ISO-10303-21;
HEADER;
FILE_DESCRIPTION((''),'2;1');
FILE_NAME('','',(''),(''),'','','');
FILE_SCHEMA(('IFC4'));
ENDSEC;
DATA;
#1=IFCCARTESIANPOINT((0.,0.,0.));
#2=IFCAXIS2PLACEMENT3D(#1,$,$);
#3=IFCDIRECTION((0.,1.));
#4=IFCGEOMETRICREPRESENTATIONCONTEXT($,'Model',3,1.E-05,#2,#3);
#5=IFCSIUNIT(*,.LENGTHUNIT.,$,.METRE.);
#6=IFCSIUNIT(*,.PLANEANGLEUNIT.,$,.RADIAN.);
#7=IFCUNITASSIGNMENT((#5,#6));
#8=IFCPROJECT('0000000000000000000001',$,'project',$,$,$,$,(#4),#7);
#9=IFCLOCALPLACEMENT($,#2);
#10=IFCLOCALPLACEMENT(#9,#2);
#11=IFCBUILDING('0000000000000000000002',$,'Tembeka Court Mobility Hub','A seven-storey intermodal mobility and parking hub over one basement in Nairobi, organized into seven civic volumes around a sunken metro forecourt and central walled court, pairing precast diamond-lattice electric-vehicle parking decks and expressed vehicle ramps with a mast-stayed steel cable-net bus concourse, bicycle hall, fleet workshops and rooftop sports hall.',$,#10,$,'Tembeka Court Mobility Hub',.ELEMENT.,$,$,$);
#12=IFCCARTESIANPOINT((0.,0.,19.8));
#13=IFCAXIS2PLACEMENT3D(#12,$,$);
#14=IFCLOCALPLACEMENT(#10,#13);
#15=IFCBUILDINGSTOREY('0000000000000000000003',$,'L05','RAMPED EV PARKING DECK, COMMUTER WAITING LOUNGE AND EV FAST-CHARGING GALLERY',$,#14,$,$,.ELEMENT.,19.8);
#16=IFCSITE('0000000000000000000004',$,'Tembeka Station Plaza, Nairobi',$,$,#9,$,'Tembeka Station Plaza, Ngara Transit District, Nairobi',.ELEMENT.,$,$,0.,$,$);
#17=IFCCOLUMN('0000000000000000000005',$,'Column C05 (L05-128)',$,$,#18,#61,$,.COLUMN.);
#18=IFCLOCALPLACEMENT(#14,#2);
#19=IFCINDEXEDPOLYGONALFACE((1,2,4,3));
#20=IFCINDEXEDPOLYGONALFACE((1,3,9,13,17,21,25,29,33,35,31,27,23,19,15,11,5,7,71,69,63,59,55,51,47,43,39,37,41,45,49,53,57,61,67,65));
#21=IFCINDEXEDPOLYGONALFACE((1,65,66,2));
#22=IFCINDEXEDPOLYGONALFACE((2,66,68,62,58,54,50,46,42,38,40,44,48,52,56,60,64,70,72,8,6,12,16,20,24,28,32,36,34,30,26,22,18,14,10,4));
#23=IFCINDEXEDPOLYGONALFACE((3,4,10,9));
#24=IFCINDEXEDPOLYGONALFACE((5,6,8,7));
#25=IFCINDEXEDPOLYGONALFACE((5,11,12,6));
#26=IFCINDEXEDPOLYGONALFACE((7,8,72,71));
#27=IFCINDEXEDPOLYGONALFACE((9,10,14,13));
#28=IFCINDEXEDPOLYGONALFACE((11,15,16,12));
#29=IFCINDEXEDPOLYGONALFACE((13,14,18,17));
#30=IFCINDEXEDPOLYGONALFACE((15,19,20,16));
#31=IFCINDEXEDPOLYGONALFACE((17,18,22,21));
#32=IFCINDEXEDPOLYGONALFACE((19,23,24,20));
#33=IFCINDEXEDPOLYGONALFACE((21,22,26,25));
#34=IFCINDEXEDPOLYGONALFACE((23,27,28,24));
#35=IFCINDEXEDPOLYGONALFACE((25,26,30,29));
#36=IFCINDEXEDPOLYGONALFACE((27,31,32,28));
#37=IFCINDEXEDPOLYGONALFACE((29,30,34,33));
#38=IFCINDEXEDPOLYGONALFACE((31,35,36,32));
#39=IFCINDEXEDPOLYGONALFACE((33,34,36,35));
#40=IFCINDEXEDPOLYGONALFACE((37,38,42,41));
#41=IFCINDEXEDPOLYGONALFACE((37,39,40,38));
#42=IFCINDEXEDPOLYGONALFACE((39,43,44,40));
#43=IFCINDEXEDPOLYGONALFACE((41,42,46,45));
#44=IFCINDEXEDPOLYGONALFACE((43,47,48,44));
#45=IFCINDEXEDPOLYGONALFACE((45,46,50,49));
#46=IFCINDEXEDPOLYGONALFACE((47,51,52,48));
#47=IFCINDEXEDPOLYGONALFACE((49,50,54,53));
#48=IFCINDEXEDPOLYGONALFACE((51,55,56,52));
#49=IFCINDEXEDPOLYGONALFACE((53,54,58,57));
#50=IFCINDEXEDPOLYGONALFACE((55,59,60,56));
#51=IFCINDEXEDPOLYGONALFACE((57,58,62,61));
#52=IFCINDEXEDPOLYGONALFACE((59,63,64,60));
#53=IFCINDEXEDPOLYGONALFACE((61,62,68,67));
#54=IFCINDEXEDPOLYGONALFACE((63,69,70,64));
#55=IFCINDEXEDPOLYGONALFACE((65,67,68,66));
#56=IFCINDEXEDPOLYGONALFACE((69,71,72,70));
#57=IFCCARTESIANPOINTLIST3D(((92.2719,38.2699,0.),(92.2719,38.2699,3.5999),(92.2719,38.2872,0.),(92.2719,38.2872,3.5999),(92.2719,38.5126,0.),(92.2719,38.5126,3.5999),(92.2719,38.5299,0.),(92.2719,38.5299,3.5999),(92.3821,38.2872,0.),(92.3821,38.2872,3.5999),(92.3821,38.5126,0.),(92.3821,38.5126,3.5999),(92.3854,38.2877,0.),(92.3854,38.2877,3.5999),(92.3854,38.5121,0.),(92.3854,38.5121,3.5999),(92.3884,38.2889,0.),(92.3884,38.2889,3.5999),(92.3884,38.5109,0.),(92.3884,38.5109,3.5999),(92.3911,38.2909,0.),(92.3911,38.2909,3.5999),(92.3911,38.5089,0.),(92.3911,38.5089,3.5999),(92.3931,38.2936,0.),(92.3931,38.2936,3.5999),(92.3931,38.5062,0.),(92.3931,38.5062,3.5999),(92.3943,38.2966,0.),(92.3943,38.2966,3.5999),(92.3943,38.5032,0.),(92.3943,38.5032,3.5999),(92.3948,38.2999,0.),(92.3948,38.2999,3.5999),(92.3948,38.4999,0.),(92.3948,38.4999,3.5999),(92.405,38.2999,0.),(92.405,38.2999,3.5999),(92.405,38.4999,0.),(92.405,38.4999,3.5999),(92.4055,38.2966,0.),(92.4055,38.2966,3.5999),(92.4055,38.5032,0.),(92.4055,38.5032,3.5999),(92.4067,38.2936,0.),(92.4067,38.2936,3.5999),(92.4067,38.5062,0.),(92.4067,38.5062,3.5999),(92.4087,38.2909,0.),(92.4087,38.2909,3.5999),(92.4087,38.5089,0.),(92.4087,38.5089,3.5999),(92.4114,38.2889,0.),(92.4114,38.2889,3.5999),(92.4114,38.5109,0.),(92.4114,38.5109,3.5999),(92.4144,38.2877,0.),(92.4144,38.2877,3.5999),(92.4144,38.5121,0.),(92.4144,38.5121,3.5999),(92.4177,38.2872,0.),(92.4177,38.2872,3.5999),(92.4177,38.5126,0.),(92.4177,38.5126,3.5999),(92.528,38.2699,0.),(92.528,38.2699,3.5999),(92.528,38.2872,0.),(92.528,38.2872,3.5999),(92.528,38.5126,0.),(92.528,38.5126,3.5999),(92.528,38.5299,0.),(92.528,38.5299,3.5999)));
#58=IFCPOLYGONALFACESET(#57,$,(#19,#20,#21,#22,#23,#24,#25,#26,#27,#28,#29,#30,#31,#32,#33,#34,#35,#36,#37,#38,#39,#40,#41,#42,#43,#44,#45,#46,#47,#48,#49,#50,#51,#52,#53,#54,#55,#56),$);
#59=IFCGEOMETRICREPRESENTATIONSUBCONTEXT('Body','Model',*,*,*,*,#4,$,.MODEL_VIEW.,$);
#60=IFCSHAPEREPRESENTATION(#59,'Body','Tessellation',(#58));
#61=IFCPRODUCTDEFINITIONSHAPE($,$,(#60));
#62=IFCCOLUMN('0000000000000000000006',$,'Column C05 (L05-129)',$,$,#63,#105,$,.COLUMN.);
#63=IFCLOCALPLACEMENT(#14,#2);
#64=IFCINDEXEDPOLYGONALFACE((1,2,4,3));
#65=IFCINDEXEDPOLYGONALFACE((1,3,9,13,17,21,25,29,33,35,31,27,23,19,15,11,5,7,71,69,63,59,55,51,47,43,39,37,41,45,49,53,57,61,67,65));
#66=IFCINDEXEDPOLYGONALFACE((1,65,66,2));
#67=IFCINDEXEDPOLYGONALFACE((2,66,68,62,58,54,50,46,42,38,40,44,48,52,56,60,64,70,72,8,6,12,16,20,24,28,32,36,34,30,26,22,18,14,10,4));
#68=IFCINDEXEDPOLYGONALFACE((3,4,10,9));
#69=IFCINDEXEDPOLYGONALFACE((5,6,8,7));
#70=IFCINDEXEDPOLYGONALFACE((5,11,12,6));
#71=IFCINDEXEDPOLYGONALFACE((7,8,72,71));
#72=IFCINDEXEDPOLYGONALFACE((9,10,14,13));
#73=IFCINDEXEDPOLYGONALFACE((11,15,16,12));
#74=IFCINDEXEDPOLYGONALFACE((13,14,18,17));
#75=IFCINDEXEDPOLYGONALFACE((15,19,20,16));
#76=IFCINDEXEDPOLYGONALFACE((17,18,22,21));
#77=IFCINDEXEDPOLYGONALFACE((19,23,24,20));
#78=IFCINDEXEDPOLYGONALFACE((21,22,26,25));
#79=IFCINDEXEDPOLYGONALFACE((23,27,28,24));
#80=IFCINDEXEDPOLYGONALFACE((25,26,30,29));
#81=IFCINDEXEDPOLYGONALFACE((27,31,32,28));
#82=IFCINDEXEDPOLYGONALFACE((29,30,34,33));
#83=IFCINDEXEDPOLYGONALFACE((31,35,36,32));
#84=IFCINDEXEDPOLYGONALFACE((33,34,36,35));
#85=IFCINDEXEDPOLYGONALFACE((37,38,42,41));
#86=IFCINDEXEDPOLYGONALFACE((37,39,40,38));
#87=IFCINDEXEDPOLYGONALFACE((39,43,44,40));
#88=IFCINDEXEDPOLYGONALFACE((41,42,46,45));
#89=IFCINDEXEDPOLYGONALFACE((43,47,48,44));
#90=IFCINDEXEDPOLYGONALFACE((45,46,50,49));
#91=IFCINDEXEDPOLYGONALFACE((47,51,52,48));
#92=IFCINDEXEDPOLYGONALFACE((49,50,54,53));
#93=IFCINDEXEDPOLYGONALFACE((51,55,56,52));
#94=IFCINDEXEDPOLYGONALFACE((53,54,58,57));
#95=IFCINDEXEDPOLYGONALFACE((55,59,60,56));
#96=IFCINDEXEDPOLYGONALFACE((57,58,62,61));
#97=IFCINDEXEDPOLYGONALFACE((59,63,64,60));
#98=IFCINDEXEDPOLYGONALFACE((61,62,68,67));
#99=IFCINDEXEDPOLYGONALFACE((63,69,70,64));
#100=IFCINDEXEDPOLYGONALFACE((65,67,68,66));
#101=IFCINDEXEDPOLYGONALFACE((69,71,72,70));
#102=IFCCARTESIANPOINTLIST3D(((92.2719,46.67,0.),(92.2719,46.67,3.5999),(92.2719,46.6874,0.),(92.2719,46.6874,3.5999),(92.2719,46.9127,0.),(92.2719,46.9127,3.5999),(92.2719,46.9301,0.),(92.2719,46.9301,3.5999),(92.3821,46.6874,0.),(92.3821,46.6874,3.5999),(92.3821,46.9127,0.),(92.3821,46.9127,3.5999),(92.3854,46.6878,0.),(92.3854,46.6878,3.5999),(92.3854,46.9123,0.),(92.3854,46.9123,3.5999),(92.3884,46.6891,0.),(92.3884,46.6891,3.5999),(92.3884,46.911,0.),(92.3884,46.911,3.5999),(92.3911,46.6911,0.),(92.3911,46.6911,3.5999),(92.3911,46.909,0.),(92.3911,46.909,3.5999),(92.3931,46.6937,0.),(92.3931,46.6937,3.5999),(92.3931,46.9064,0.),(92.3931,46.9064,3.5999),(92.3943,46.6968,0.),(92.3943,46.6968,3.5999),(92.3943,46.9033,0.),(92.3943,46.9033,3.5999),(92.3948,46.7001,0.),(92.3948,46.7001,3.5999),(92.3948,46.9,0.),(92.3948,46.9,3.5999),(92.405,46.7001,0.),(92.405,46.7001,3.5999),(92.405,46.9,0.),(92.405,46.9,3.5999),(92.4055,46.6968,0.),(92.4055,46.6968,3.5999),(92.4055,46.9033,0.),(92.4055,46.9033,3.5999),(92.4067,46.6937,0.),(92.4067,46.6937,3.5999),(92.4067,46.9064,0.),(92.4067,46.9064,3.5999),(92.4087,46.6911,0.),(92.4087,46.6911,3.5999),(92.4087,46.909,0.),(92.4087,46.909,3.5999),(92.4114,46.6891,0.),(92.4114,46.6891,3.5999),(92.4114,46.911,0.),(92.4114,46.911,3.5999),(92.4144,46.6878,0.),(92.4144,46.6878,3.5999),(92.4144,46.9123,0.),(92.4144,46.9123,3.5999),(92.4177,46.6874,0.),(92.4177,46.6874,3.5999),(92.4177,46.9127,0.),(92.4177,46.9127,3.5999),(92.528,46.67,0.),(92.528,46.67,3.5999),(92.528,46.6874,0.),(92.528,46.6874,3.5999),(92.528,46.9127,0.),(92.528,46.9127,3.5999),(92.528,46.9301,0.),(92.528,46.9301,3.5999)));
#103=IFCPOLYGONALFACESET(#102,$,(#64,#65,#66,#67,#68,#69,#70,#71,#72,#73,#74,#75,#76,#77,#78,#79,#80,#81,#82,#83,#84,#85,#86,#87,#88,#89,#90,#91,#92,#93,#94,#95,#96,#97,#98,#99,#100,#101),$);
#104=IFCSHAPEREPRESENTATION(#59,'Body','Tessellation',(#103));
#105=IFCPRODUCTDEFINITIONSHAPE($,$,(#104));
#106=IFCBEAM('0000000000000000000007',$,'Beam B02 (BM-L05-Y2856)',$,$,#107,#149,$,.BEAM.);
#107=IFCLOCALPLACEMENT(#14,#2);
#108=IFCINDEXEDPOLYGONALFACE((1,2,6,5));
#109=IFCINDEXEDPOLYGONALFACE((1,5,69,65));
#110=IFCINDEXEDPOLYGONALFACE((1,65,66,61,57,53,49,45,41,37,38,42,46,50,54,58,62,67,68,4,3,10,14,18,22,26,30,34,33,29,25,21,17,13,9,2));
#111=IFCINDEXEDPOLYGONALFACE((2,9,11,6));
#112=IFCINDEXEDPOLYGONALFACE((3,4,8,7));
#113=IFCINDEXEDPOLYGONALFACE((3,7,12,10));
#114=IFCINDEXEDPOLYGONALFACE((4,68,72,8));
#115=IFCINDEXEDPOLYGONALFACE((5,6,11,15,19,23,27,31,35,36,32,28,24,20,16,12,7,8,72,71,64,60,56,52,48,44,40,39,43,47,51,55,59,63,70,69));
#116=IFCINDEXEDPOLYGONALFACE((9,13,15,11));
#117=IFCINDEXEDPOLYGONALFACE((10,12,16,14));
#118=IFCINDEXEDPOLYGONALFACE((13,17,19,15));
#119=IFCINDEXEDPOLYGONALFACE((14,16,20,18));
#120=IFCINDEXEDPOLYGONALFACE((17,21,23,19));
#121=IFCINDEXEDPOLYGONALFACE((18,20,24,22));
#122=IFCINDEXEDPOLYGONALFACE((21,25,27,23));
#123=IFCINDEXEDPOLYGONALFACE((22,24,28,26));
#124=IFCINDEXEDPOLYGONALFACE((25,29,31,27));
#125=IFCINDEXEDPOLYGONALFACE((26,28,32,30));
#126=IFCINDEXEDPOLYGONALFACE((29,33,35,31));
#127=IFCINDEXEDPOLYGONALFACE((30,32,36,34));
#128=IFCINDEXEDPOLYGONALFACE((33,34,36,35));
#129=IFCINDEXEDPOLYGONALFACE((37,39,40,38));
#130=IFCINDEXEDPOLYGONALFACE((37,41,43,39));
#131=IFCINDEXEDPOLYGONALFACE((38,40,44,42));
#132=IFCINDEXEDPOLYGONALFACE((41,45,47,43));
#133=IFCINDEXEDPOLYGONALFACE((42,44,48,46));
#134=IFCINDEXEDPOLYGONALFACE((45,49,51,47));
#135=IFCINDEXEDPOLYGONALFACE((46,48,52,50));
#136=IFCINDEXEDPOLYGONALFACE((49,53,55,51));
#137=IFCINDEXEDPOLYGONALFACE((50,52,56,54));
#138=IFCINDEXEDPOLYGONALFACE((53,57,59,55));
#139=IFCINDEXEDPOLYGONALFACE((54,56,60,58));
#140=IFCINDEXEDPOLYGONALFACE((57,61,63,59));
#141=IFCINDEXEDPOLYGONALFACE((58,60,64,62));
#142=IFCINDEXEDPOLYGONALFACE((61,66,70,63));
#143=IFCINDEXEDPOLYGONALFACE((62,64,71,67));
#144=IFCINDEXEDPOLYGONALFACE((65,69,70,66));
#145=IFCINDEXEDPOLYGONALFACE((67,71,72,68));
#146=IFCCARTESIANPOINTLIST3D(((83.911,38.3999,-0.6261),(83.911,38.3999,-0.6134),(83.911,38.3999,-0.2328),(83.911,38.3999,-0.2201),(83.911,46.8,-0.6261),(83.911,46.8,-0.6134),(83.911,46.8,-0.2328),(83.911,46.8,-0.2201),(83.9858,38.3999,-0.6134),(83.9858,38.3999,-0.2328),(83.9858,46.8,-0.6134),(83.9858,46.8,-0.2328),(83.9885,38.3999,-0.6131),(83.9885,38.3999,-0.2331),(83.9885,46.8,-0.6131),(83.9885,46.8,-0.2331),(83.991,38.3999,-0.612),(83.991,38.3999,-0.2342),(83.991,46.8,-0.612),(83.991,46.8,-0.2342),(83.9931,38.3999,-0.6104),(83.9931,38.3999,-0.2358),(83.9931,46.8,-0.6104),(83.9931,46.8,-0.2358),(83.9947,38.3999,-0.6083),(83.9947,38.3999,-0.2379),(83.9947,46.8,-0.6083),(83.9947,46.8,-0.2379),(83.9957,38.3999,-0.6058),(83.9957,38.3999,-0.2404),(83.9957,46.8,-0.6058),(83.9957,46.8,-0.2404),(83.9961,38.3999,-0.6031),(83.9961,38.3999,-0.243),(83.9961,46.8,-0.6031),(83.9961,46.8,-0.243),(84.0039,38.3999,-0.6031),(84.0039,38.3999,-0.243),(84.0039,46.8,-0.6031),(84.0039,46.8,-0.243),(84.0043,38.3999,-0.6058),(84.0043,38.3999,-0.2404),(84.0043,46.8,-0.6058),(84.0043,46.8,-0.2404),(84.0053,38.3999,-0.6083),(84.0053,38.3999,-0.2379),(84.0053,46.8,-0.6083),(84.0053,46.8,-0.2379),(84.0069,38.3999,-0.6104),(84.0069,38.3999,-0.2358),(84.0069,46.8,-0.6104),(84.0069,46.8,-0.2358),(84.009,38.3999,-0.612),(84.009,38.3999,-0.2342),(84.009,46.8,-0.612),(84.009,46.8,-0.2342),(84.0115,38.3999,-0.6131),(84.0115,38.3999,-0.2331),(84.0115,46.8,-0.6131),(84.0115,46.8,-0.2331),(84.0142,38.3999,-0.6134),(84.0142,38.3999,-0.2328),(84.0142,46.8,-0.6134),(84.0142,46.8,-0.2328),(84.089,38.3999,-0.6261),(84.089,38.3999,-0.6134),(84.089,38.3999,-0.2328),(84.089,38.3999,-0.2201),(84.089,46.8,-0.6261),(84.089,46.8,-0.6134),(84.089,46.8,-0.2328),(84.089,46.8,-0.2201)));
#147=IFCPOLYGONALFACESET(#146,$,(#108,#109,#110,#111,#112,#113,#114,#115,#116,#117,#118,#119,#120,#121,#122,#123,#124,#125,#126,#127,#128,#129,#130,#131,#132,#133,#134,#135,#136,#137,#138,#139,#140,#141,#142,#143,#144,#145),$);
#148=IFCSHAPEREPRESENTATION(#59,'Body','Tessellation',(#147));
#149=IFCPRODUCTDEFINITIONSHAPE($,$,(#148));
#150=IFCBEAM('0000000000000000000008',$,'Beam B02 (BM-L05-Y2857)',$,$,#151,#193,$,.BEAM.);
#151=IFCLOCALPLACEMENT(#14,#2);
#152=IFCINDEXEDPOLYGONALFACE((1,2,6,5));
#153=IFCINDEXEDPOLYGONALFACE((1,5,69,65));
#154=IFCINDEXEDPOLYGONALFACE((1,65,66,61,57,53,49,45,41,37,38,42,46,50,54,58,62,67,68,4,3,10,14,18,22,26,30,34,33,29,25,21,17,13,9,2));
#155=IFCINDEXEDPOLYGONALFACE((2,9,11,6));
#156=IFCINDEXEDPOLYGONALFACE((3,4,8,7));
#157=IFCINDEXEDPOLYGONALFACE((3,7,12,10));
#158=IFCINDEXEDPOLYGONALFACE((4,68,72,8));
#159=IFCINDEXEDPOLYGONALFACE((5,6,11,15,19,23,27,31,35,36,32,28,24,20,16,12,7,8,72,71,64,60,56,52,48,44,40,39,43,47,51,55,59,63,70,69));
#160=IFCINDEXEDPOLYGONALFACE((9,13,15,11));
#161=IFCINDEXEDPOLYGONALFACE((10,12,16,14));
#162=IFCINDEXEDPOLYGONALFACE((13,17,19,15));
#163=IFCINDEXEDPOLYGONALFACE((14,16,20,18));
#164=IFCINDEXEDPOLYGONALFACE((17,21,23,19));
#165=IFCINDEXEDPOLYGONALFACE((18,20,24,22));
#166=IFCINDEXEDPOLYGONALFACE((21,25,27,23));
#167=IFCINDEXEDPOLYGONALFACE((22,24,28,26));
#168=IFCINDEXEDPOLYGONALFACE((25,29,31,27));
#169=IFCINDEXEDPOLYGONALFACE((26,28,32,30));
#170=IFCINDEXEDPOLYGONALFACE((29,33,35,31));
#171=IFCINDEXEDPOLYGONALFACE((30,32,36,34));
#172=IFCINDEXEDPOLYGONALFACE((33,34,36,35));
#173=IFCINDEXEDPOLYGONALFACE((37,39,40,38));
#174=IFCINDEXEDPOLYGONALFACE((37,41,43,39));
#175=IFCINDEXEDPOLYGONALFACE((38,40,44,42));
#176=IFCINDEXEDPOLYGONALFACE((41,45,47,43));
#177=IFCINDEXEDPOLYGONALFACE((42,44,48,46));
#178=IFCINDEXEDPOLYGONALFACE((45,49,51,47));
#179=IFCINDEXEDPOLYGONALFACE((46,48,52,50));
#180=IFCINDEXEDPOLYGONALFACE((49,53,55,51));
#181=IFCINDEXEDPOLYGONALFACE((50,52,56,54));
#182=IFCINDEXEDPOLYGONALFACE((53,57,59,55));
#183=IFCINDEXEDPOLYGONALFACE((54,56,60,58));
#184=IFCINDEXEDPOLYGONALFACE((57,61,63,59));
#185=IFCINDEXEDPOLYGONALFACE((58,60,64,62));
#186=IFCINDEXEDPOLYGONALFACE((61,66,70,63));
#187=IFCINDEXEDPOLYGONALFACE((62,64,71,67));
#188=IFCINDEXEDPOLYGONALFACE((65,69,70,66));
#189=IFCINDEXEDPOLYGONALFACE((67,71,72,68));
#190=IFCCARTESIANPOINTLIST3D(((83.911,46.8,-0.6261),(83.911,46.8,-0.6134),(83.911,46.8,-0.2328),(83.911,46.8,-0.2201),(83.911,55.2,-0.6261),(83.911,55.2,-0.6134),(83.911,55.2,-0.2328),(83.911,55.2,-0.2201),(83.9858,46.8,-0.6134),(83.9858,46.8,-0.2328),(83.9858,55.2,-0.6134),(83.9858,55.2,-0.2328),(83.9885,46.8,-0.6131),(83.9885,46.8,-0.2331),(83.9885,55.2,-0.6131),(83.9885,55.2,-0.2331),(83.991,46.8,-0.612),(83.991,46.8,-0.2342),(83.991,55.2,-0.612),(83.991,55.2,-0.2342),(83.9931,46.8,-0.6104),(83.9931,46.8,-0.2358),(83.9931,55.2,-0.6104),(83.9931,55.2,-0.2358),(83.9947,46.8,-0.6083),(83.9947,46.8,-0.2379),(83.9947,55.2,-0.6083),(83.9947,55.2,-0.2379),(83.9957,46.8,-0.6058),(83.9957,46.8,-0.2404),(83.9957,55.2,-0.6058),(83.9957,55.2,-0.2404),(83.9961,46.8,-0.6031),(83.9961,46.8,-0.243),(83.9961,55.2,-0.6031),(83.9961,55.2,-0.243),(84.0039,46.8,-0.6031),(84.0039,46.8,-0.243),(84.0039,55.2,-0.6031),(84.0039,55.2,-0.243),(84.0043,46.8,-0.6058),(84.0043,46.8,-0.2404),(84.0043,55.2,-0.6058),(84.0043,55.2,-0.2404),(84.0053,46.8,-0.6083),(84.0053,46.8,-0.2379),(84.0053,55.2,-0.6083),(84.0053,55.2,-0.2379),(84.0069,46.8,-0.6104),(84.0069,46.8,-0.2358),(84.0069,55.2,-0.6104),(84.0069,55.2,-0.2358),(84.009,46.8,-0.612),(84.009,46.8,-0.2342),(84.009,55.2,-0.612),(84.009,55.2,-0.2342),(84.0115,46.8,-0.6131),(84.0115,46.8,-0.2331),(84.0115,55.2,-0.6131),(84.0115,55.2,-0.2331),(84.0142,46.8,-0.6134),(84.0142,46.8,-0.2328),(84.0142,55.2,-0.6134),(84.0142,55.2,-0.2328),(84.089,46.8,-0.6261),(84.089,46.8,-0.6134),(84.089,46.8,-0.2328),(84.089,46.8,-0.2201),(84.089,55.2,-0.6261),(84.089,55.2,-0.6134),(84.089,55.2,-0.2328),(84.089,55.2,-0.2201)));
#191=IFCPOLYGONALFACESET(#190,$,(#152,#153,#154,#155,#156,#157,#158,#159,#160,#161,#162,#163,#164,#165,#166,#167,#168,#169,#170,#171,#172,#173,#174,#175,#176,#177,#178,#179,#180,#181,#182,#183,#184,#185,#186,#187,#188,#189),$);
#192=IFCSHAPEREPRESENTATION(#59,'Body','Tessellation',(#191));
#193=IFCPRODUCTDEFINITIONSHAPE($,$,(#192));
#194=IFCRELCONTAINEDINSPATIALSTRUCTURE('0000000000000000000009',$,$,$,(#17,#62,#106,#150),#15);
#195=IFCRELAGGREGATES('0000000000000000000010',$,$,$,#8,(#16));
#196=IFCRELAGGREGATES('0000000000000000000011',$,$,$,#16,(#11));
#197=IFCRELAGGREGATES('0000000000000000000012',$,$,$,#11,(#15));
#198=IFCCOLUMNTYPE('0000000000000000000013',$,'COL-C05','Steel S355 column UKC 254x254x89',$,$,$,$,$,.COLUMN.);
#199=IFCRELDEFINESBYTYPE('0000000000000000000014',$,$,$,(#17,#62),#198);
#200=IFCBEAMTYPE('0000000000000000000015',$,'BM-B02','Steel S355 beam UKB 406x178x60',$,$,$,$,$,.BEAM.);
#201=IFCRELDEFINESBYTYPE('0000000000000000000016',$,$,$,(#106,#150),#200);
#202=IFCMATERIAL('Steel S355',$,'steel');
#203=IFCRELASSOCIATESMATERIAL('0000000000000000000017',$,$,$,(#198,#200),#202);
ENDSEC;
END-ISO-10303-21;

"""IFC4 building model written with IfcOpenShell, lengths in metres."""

from ifc_helpers import new_model, si_unit, direction, frame, origin, origin_2d, place, context, subcontext, project, spatial, i_section, extrude, material, material_profile, profile_set, type_object, element, save


model = new_model("IFC4")

# Units and contexts
model_context = context("Model", 3, precision=1e-05, world=origin(), true_north=direction((0.0, 1.0)))
body_context = subcontext(model_context, "Body", "Model", "MODEL_VIEW")
ifc_project = project(units=[si_unit("LENGTHUNIT", "METRE"), si_unit("PLANEANGLEUNIT", "RADIAN")], contexts=[model_context])

# Site, building, storey
site_placement = place(None, origin())
site = spatial("IfcSite", under=ifc_project, at=site_placement, Name="Tembeka Station Plaza, Nairobi", LongName="Tembeka Station Plaza, Ngara Transit District, Nairobi", CompositionType="ELEMENT", RefElevation=0.0)
building_placement = place(site_placement, origin())
building = spatial("IfcBuilding", under=site, at=building_placement, Name="Tembeka Court Mobility Hub", Description="A seven-storey intermodal mobility and parking hub over one basement in Nairobi, organized into seven civic volumes around a sunken metro forecourt and central walled court, pairing precast diamond-lattice electric-vehicle parking decks and expressed vehicle ramps with a mast-stayed steel cable-net bus concourse, bicycle hall, fleet workshops and rooftop sports hall.", LongName="Tembeka Court Mobility Hub", CompositionType="ELEMENT")
storey_placement = place(building_placement, frame((0.0, 0.0, 19.8)))
storey = spatial("IfcBuildingStorey", under=building, at=storey_placement, Name="L05", Description="RAMPED EV PARKING DECK, COMMUTER WAITING LOUNGE AND EV FAST-CHARGING GALLERY", CompositionType="ELEMENT", Elevation=19.8)

# Columns
ifc_material_1 = material(Name="Steel S355", Category="steel")
ifc_material_profile_1 = material_profile(ifc_material_1, i_section(OverallWidth=0.2561, OverallDepth=0.26, WebThickness=0.0103, FlangeThickness=0.0173, FilletRadius=0.0127, at=origin_2d()), Name="UKC 254x254x89")
ifc_profile_set_1 = profile_set([ifc_material_profile_1], Name="Steel S355")
column_type = type_object("IfcColumnType", Name="COL-C05", Description="Steel S355 column UKC 254x254x89", PredefinedType="COLUMN", material=ifc_profile_set_1)
for number, where, z_axis, x_axis, name in (
    (1, (92.3999, 38.3999, 0.0), (0.0, 0.0, 1.0), (1.0, 0.0, 0.0), "Column C05 (L05-128)"),
    (2, (92.3999, 46.8, 0.0), (0.0, 0.0, 1.0), (1.0, 0.0, 0.0), "Column C05 (L05-129)"),
):
    element("IfcColumn", number, at=place(storey_placement, frame(where, z_axis=z_axis, x_axis=x_axis)), inside=storey, type_object=column_type, Name=name, PredefinedType="COLUMN", context=body_context, shape_type="SweptSolid", body=[
        extrude(i_section(OverallWidth=0.2561, OverallDepth=0.26, WebThickness=0.0103, FlangeThickness=0.0173, FilletRadius=0.0127, at=origin_2d()), origin(), (0.0, 0.0, 1.0), 3.5999),
    ])

# Beams
ifc_material_profile_2 = material_profile(ifc_material_1, i_section(OverallWidth=0.178, OverallDepth=0.406, WebThickness=0.0078, FlangeThickness=0.0127, FilletRadius=0.0103, at=origin_2d()), Name="UKB 406x178x60")
ifc_profile_set_2 = profile_set([ifc_material_profile_2], Name="Steel S355")
beam_type_1 = type_object("IfcBeamType", Name="BM-B02", Description="Steel S355 beam UKB 406x178x60", PredefinedType="BEAM", material=ifc_profile_set_2)
beam_1_placement = place(storey_placement, frame((84.0, 38.3999, -0.4231), z_axis=(0.0, 1.0, 0.0), x_axis=(-1.0, 0.0, 0.0)))
element("IfcBeam", 3, at=beam_1_placement, inside=storey, type_object=beam_type_1, Name="Beam B02 (BM-L05-Y2856)", PredefinedType="BEAM", context=body_context, shape_type="SweptSolid", body=[
    extrude(i_section(OverallWidth=0.178, OverallDepth=0.406, WebThickness=0.0078, FlangeThickness=0.0127, FilletRadius=0.0103, at=origin_2d()), origin(), (0.0, 0.0, 1.0), 8.4001),
])
beam_2_placement = place(storey_placement, frame((84.0, 46.8, -0.4231), z_axis=(0.0, 1.0, 0.0), x_axis=(-1.0, 0.0, 0.0)))
element("IfcBeam", 4, at=beam_2_placement, inside=storey, type_object=beam_type_1, Name="Beam B02 (BM-L05-Y2857)", PredefinedType="BEAM", context=body_context, shape_type="SweptSolid", body=[
    extrude(i_section(OverallWidth=0.178, OverallDepth=0.406, WebThickness=0.0078, FlangeThickness=0.0127, FilletRadius=0.0103, at=origin_2d()), origin(), (0.0, 0.0, 1.0), 8.3999),
])

save(model, "model.ifc")
